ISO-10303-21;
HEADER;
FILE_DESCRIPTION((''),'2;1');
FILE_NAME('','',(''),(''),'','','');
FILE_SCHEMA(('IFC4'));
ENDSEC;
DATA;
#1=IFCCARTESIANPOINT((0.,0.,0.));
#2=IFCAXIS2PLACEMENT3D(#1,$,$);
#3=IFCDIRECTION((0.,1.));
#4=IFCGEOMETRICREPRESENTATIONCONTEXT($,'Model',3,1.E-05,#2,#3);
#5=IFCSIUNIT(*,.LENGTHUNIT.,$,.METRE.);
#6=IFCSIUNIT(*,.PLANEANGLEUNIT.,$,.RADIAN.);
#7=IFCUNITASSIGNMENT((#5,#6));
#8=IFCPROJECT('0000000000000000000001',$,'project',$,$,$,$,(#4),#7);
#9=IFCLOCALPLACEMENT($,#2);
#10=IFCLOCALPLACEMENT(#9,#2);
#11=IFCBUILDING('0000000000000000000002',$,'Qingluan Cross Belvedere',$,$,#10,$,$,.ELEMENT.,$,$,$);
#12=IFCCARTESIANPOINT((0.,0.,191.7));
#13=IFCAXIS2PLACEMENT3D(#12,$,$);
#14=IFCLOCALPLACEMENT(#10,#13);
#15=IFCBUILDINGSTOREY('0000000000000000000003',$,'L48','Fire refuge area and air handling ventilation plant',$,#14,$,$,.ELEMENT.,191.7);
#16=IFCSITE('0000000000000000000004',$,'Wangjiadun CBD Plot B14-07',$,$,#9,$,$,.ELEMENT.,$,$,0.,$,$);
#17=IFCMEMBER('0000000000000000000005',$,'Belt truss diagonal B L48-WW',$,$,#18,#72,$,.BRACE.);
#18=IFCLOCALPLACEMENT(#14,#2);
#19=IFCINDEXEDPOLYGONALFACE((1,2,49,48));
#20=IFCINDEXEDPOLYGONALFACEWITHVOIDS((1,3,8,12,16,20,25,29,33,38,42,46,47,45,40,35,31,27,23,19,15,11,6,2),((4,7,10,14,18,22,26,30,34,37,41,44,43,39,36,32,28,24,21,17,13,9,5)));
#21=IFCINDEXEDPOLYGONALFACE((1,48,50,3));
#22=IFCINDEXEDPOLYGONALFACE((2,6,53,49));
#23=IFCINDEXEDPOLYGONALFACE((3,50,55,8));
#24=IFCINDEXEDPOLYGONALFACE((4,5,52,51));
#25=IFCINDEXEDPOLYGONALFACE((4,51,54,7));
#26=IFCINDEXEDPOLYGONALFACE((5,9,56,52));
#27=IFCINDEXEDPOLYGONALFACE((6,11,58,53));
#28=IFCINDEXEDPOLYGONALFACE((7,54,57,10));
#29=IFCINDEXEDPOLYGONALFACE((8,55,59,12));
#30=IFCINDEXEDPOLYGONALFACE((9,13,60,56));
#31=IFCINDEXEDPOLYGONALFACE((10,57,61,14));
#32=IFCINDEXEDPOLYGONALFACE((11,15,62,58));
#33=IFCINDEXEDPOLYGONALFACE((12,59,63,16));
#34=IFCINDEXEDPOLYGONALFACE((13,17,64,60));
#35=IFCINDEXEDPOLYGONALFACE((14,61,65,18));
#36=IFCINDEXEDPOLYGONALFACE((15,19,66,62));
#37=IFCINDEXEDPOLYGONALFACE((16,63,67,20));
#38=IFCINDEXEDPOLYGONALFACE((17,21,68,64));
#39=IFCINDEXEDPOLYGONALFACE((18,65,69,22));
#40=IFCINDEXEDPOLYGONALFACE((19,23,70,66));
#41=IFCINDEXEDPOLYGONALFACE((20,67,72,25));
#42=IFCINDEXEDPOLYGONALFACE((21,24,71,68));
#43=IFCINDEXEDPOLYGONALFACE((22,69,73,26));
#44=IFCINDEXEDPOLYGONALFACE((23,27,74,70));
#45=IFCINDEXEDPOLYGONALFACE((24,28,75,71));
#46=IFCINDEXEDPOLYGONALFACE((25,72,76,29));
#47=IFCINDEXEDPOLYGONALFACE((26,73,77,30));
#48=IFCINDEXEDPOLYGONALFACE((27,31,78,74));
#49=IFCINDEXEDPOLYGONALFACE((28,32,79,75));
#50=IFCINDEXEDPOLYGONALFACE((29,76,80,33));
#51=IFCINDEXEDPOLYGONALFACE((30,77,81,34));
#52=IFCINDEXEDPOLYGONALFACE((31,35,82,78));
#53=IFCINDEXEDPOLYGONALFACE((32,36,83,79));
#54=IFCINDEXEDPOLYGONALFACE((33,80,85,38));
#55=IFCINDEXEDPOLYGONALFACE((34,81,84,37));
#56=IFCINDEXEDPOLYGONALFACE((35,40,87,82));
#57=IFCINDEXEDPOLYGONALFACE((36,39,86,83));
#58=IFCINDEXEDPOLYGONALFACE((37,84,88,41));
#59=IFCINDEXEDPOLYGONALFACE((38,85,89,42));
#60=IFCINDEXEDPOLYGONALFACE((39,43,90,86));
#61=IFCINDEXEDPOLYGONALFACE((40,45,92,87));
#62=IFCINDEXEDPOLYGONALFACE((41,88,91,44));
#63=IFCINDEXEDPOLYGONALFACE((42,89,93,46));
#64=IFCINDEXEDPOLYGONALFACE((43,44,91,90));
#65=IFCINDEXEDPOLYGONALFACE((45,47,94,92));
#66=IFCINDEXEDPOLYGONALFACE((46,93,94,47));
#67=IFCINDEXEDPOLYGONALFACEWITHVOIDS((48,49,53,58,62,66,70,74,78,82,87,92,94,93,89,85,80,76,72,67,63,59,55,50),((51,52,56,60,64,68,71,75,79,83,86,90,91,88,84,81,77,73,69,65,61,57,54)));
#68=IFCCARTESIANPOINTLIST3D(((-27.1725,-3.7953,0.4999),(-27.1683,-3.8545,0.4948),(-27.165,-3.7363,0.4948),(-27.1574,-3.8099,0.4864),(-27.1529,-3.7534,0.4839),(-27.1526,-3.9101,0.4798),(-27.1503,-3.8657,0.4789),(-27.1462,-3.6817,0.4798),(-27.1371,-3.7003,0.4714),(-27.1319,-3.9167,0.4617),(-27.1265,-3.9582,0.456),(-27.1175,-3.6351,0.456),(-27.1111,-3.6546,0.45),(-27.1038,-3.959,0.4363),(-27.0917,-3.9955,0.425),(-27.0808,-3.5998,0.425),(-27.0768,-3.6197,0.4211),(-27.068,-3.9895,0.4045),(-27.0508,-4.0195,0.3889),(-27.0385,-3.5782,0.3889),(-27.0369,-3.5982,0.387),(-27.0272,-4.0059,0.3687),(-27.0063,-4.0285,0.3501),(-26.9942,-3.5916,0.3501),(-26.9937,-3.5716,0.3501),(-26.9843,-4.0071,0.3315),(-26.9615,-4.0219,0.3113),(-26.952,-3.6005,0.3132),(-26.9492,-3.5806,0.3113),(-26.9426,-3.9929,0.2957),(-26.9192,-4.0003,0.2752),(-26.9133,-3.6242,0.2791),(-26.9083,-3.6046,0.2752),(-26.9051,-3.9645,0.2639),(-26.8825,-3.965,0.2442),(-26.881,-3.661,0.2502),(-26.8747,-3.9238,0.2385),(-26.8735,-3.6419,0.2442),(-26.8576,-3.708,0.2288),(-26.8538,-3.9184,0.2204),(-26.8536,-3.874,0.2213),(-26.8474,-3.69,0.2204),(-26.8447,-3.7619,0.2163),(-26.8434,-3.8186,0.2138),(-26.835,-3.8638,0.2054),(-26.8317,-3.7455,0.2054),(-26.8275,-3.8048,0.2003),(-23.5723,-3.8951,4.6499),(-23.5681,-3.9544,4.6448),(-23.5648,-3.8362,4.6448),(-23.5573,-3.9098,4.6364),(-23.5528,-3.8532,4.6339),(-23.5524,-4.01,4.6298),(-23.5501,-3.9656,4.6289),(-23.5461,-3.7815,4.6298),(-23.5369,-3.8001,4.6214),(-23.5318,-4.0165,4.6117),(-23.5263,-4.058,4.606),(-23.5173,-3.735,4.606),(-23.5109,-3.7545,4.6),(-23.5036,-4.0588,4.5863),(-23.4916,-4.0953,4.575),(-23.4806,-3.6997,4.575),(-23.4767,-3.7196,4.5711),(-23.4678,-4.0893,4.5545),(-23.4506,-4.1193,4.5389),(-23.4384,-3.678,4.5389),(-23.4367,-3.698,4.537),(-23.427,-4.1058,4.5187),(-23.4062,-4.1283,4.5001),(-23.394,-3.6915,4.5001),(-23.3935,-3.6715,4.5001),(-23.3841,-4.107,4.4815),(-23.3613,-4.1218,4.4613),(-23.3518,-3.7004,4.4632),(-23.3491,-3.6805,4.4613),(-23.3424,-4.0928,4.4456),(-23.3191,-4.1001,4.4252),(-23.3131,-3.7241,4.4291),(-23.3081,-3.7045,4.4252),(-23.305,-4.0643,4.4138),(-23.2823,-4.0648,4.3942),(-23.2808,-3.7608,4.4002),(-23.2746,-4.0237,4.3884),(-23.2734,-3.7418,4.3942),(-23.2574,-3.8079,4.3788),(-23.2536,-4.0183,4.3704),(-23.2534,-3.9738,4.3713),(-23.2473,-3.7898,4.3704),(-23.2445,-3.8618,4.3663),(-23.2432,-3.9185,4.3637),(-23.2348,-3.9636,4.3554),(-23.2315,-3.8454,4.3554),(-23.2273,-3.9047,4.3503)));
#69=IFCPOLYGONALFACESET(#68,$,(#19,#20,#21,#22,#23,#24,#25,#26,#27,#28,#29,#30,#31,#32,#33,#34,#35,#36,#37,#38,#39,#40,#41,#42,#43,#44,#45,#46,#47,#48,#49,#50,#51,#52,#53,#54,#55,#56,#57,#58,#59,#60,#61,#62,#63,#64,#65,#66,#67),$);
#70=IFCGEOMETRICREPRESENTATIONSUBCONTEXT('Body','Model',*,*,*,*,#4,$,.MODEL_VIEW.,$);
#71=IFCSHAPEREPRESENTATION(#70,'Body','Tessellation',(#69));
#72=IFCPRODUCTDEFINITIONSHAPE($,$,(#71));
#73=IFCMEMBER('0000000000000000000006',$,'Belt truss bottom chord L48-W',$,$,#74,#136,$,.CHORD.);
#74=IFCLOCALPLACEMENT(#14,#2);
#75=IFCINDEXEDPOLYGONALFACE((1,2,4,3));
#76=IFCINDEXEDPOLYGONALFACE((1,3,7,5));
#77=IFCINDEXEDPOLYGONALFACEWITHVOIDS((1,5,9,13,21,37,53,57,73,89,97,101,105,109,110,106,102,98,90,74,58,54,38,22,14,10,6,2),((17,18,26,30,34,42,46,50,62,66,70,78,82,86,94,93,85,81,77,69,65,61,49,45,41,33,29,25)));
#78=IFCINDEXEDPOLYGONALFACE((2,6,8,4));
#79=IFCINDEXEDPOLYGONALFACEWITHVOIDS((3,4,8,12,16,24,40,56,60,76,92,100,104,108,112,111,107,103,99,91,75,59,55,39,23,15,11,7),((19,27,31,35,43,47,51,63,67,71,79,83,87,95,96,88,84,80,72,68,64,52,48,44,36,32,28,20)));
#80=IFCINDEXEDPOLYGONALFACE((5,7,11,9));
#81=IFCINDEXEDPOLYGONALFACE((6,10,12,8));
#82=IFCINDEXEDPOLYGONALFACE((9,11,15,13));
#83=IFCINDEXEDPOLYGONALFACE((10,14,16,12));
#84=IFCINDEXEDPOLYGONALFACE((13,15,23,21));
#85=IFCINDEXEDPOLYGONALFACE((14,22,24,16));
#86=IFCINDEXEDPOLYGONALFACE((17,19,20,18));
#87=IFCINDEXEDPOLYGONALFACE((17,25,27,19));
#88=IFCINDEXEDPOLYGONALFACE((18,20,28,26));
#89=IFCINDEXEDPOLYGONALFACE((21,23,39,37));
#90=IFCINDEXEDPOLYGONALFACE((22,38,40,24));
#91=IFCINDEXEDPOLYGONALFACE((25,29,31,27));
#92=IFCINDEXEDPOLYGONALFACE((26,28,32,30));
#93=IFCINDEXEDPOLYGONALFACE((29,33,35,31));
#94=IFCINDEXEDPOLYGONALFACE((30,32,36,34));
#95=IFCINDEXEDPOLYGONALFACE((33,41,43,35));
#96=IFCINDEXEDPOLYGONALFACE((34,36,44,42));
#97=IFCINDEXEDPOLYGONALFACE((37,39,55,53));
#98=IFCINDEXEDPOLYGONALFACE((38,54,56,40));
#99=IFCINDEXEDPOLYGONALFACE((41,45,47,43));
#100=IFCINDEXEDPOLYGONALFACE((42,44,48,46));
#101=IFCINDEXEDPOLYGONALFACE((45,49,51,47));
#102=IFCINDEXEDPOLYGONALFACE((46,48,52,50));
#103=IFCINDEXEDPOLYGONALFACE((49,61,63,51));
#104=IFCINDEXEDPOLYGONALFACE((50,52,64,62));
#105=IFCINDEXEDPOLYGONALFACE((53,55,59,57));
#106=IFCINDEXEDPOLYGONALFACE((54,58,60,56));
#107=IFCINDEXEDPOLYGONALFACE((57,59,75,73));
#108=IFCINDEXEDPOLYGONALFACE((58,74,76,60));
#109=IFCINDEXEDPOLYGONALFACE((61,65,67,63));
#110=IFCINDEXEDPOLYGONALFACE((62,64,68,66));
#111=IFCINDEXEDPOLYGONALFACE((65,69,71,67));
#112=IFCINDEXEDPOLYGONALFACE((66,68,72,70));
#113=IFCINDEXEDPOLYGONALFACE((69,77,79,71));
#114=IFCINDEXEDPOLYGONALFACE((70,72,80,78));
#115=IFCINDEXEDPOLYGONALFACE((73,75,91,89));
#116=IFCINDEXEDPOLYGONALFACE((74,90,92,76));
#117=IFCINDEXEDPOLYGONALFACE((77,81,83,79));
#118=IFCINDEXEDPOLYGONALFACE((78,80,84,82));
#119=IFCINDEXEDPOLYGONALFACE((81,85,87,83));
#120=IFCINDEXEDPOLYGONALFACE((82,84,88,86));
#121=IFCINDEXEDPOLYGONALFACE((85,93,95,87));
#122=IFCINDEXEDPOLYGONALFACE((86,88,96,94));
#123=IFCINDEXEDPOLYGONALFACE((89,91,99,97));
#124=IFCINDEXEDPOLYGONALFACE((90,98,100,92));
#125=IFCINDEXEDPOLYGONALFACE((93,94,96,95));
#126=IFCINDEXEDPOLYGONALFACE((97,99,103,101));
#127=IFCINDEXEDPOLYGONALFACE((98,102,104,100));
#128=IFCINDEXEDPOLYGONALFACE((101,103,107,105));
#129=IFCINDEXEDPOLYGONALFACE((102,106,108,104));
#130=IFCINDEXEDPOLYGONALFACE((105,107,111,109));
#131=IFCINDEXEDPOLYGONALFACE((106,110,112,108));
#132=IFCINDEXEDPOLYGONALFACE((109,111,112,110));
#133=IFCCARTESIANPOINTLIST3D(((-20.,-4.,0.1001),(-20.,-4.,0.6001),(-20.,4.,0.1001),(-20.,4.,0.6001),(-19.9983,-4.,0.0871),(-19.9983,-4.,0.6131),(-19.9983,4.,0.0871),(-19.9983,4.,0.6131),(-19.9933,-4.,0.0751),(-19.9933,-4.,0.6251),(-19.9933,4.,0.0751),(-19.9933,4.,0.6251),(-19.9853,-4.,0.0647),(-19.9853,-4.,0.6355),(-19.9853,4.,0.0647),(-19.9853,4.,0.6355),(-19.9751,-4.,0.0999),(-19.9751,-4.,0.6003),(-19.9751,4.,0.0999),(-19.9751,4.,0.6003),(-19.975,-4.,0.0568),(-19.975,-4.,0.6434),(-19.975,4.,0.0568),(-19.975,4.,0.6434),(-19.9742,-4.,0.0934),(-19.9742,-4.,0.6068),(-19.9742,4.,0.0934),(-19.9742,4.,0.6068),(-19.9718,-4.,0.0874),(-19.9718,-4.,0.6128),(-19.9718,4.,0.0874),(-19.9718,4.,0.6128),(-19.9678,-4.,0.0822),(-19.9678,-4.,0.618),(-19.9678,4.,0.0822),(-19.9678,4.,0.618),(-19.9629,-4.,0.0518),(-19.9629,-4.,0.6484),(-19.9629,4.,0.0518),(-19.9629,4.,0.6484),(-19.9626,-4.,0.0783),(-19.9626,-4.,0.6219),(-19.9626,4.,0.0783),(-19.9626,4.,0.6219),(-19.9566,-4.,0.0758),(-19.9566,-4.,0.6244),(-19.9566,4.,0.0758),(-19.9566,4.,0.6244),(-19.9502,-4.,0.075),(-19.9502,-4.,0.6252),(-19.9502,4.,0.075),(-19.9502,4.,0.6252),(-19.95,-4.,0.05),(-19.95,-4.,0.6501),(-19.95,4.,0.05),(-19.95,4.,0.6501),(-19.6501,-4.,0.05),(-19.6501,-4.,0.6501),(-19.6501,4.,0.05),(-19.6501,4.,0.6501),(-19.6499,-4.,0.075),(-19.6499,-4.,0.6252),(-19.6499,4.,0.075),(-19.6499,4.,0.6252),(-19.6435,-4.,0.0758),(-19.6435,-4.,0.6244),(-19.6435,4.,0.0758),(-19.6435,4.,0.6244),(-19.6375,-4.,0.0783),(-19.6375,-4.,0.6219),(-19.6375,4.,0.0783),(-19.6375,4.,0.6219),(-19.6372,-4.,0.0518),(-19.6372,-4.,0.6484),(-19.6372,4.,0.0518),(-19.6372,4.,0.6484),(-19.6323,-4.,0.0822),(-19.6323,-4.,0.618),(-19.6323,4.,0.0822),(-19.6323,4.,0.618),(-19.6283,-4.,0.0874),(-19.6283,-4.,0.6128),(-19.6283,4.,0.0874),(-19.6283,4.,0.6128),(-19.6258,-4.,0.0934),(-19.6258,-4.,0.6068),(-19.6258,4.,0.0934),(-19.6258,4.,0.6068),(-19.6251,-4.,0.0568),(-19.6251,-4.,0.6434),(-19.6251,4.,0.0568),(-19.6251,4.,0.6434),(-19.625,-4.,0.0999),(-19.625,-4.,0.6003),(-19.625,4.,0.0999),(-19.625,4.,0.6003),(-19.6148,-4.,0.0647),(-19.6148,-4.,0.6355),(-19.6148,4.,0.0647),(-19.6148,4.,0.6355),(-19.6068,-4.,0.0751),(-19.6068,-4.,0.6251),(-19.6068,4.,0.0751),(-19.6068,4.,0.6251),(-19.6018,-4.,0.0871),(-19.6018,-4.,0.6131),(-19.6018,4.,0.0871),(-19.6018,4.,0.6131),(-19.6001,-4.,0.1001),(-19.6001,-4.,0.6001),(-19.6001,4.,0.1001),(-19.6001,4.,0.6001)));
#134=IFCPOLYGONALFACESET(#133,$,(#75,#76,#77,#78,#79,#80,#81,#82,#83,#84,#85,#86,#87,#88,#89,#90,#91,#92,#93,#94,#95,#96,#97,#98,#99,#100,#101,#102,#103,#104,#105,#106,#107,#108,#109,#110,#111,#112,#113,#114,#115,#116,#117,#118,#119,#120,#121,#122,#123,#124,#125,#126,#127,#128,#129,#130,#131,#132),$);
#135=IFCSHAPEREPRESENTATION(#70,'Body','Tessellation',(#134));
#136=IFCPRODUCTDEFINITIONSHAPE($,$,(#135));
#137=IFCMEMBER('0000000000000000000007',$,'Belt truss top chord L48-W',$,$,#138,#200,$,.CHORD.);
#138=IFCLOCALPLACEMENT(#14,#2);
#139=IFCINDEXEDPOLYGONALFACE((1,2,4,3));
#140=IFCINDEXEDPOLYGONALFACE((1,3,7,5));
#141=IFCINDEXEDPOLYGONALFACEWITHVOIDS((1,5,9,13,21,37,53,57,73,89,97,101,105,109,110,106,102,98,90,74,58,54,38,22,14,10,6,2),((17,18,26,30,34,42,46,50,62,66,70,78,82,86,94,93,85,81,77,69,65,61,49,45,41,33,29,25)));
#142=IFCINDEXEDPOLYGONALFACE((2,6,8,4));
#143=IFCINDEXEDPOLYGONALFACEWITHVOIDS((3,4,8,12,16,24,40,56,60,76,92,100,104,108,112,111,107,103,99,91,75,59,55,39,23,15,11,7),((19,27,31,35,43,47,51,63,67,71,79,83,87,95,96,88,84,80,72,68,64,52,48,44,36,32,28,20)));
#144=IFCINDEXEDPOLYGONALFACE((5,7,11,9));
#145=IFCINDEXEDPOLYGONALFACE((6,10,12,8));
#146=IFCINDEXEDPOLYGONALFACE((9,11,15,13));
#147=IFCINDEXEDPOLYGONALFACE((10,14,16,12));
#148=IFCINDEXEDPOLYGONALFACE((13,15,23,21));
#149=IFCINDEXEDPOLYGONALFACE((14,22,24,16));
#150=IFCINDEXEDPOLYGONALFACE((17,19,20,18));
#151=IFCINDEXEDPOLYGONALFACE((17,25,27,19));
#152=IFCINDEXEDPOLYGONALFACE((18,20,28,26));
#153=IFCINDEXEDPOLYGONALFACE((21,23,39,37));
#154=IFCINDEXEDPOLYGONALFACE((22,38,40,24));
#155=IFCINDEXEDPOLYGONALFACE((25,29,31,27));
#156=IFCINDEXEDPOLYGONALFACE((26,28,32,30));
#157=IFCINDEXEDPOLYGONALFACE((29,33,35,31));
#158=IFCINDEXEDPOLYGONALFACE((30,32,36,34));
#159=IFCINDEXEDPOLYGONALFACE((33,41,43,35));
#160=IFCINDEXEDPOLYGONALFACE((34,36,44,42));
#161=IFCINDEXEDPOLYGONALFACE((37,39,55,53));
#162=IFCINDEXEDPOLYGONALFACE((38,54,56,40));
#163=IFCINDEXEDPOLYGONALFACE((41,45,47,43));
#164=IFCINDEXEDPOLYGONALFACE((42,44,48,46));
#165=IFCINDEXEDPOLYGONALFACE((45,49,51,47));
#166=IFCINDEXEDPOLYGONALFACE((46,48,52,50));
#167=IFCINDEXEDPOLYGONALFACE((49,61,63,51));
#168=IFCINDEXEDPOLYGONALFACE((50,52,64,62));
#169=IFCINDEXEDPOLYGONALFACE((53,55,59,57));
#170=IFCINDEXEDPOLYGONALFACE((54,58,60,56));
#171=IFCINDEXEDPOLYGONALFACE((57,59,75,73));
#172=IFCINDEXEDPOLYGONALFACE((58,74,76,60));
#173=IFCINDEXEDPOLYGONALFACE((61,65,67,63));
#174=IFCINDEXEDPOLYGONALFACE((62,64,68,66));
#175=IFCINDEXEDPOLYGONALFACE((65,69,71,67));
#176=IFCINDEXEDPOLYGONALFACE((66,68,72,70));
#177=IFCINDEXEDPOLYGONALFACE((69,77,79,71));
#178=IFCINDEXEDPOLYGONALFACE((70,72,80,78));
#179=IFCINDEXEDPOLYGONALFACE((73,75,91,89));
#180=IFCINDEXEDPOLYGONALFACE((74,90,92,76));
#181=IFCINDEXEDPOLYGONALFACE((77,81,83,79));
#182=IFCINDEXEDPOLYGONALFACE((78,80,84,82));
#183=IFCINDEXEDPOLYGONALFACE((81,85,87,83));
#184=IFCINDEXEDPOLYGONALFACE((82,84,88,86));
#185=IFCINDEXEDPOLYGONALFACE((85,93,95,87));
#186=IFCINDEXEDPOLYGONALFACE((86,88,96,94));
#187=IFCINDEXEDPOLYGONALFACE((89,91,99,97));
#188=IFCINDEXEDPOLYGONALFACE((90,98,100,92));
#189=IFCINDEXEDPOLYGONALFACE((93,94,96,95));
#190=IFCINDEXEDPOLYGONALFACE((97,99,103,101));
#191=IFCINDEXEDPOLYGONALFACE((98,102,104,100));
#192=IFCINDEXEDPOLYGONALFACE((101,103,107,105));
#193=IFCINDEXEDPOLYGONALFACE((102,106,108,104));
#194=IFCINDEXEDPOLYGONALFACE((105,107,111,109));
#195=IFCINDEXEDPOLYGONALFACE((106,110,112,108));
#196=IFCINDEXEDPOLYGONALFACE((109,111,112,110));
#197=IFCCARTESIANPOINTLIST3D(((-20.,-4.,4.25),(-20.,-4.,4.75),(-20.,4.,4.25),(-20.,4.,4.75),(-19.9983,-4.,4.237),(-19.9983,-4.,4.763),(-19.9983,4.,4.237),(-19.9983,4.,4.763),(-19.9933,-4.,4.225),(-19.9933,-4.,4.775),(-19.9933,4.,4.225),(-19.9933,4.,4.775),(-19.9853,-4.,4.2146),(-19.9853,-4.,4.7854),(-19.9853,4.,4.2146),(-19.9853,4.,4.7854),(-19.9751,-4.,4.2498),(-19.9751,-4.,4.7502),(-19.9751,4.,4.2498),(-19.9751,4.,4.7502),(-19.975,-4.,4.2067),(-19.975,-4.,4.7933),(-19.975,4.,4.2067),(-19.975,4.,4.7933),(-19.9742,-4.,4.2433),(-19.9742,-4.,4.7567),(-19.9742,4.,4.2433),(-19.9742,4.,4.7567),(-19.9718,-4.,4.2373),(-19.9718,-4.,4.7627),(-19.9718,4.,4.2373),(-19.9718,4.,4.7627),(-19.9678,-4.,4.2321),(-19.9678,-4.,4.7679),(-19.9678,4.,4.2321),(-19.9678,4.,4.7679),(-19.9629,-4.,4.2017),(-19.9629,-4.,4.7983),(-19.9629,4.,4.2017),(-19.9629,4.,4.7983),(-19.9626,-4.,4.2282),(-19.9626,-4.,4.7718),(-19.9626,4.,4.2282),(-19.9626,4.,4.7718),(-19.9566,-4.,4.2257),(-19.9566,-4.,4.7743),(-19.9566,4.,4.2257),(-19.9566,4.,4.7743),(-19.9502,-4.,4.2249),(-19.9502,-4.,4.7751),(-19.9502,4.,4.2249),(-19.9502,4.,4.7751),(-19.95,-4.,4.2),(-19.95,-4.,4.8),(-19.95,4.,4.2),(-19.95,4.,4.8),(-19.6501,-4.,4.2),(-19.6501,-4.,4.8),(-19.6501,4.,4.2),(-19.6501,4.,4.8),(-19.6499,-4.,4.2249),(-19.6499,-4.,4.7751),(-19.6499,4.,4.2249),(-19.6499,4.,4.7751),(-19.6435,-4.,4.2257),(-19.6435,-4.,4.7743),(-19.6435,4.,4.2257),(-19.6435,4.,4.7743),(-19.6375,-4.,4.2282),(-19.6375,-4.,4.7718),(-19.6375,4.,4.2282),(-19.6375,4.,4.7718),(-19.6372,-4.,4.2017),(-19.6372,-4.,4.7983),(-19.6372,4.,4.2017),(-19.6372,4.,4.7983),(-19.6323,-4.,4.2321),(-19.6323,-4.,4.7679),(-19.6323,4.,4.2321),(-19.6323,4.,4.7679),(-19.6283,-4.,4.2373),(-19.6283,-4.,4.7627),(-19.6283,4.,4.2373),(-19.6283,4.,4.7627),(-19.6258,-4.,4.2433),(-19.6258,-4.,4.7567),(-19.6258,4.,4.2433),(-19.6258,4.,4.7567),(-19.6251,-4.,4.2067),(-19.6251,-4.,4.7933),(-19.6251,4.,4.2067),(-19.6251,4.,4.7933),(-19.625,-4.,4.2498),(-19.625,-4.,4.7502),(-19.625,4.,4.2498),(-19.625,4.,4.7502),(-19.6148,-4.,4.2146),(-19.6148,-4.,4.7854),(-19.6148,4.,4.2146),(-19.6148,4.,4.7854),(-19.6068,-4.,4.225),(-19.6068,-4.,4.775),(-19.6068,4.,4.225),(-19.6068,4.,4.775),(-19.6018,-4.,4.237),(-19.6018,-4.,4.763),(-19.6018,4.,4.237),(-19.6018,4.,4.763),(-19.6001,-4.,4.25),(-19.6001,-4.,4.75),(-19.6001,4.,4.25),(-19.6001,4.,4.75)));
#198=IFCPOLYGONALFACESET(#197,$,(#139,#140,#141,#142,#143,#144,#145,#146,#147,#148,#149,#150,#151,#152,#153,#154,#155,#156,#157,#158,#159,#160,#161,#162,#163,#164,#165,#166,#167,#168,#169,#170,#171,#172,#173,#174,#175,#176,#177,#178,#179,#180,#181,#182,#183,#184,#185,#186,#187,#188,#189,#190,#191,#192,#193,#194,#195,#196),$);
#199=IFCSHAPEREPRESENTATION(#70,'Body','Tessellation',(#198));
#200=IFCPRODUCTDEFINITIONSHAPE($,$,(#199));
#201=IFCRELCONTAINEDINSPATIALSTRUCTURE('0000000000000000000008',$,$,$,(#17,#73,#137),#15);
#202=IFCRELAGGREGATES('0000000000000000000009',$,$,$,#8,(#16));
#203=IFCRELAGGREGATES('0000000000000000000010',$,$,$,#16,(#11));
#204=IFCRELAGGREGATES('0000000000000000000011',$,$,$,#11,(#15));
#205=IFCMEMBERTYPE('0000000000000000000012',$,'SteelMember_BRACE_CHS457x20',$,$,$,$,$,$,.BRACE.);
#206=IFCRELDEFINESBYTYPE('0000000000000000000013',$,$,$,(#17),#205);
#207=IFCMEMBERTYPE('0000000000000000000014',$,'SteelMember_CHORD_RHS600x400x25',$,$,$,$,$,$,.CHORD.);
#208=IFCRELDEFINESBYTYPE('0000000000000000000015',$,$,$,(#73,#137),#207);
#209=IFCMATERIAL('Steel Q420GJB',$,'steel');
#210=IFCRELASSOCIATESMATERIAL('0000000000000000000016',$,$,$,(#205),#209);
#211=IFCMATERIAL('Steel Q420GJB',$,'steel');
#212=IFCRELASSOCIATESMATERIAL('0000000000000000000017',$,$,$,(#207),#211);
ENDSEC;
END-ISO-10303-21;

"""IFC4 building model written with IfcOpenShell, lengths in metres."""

from ifc_helpers import new_model, si_unit, direction, frame, origin, origin_2d, place, context, subcontext, project, spatial, hollow_rectangle, hollow_circle, extrude, material, material_profile, profile_set, type_object, element, save


model = new_model("IFC4")

# Units and contexts
model_context = context("Model", 3, precision=1e-05, world=origin(), true_north=direction((0.0, 1.0)))
body_context = subcontext(model_context, "Body", "Model", "MODEL_VIEW")
ifc_project = project(units=[si_unit("LENGTHUNIT", "METRE"), si_unit("PLANEANGLEUNIT", "RADIAN")], contexts=[model_context])

# Site, building, storey
site_placement = place(None, origin())
site = spatial("IfcSite", under=ifc_project, at=site_placement, Name="Wangjiadun CBD Plot B14-07", CompositionType="ELEMENT", RefElevation=0.0)
building_placement = place(site_placement, origin())
building = spatial("IfcBuilding", under=site, at=building_placement, Name="Qingluan Cross Belvedere", CompositionType="ELEMENT")
storey_placement = place(building_placement, frame((0.0, 0.0, 191.7)))
storey = spatial("IfcBuildingStorey", under=building, at=storey_placement, Name="L48", Description="Fire refuge area and air handling ventilation plant", CompositionType="ELEMENT", Elevation=191.7)

# Members
ifc_material_1 = material(Name="Steel Q420GJB", Category="steel")
ifc_material_profile_1 = material_profile(ifc_material_1, hollow_circle(Radius=0.2285, WallThickness=0.02, at=origin_2d()), Name="CHS457x20")
ifc_profile_set_1 = profile_set([ifc_material_profile_1], Name="Steel Q420GJB")
member_type_1 = type_object("IfcMemberType", Name="SteelMember_BRACE_CHS457x20", PredefinedType="BRACE", material=ifc_profile_set_1)
member_1_placement = place(storey_placement, frame((-27.0, -3.8, 0.3501), z_axis=(0.655188, -0.018173, 0.755248), x_axis=(0.027726, 0.999616, 0.0)))
element("IfcMember", 1, at=member_1_placement, inside=storey, type_object=member_type_1, Name="Belt truss diagonal B L48-WW", PredefinedType="BRACE", context=body_context, shape_type="SweptSolid", body=[
    extrude(hollow_circle(Radius=0.2285, WallThickness=0.02, at=origin_2d()), origin(), (0.0, 0.0, 1.0), 5.4949),
])
ifc_material_2 = material(Name="Steel Q420GJB", Category="steel")
ifc_material_profile_2 = material_profile(ifc_material_2, hollow_rectangle(XDim=0.3999, YDim=0.6001, WallThickness=0.0249, InnerFilletRadius=0.0249, OuterFilletRadius=0.05, at=origin_2d()), Name="RHS600x400x25")
ifc_profile_set_2 = profile_set([ifc_material_profile_2], Name="Steel Q420GJB")
member_type_2 = type_object("IfcMemberType", Name="SteelMember_CHORD_RHS600x400x25", PredefinedType="CHORD", material=ifc_profile_set_2)
for number, where, z_axis, x_axis, name in (
    (2, (-19.8, -4.0, 0.3501), (0.0, 1.0, 0.0), (-1.0, 0.0, 0.0), "Belt truss bottom chord L48-W"),
    (3, (-19.8, -4.0, 4.5), (0.0, 1.0, 0.0), (-1.0, 0.0, 0.0), "Belt truss top chord L48-W"),
):
    element("IfcMember", number, at=place(storey_placement, frame(where, z_axis=z_axis, x_axis=x_axis)), inside=storey, type_object=member_type_2, Name=name, PredefinedType="CHORD", context=body_context, shape_type="SweptSolid", body=[
        extrude(hollow_rectangle(XDim=0.3999, YDim=0.6001, WallThickness=0.0249, InnerFilletRadius=0.0249, OuterFilletRadius=0.05, at=origin_2d()), origin(), (0.0, 0.0, 1.0), 8.0),
    ])

save(model, "model.ifc")
